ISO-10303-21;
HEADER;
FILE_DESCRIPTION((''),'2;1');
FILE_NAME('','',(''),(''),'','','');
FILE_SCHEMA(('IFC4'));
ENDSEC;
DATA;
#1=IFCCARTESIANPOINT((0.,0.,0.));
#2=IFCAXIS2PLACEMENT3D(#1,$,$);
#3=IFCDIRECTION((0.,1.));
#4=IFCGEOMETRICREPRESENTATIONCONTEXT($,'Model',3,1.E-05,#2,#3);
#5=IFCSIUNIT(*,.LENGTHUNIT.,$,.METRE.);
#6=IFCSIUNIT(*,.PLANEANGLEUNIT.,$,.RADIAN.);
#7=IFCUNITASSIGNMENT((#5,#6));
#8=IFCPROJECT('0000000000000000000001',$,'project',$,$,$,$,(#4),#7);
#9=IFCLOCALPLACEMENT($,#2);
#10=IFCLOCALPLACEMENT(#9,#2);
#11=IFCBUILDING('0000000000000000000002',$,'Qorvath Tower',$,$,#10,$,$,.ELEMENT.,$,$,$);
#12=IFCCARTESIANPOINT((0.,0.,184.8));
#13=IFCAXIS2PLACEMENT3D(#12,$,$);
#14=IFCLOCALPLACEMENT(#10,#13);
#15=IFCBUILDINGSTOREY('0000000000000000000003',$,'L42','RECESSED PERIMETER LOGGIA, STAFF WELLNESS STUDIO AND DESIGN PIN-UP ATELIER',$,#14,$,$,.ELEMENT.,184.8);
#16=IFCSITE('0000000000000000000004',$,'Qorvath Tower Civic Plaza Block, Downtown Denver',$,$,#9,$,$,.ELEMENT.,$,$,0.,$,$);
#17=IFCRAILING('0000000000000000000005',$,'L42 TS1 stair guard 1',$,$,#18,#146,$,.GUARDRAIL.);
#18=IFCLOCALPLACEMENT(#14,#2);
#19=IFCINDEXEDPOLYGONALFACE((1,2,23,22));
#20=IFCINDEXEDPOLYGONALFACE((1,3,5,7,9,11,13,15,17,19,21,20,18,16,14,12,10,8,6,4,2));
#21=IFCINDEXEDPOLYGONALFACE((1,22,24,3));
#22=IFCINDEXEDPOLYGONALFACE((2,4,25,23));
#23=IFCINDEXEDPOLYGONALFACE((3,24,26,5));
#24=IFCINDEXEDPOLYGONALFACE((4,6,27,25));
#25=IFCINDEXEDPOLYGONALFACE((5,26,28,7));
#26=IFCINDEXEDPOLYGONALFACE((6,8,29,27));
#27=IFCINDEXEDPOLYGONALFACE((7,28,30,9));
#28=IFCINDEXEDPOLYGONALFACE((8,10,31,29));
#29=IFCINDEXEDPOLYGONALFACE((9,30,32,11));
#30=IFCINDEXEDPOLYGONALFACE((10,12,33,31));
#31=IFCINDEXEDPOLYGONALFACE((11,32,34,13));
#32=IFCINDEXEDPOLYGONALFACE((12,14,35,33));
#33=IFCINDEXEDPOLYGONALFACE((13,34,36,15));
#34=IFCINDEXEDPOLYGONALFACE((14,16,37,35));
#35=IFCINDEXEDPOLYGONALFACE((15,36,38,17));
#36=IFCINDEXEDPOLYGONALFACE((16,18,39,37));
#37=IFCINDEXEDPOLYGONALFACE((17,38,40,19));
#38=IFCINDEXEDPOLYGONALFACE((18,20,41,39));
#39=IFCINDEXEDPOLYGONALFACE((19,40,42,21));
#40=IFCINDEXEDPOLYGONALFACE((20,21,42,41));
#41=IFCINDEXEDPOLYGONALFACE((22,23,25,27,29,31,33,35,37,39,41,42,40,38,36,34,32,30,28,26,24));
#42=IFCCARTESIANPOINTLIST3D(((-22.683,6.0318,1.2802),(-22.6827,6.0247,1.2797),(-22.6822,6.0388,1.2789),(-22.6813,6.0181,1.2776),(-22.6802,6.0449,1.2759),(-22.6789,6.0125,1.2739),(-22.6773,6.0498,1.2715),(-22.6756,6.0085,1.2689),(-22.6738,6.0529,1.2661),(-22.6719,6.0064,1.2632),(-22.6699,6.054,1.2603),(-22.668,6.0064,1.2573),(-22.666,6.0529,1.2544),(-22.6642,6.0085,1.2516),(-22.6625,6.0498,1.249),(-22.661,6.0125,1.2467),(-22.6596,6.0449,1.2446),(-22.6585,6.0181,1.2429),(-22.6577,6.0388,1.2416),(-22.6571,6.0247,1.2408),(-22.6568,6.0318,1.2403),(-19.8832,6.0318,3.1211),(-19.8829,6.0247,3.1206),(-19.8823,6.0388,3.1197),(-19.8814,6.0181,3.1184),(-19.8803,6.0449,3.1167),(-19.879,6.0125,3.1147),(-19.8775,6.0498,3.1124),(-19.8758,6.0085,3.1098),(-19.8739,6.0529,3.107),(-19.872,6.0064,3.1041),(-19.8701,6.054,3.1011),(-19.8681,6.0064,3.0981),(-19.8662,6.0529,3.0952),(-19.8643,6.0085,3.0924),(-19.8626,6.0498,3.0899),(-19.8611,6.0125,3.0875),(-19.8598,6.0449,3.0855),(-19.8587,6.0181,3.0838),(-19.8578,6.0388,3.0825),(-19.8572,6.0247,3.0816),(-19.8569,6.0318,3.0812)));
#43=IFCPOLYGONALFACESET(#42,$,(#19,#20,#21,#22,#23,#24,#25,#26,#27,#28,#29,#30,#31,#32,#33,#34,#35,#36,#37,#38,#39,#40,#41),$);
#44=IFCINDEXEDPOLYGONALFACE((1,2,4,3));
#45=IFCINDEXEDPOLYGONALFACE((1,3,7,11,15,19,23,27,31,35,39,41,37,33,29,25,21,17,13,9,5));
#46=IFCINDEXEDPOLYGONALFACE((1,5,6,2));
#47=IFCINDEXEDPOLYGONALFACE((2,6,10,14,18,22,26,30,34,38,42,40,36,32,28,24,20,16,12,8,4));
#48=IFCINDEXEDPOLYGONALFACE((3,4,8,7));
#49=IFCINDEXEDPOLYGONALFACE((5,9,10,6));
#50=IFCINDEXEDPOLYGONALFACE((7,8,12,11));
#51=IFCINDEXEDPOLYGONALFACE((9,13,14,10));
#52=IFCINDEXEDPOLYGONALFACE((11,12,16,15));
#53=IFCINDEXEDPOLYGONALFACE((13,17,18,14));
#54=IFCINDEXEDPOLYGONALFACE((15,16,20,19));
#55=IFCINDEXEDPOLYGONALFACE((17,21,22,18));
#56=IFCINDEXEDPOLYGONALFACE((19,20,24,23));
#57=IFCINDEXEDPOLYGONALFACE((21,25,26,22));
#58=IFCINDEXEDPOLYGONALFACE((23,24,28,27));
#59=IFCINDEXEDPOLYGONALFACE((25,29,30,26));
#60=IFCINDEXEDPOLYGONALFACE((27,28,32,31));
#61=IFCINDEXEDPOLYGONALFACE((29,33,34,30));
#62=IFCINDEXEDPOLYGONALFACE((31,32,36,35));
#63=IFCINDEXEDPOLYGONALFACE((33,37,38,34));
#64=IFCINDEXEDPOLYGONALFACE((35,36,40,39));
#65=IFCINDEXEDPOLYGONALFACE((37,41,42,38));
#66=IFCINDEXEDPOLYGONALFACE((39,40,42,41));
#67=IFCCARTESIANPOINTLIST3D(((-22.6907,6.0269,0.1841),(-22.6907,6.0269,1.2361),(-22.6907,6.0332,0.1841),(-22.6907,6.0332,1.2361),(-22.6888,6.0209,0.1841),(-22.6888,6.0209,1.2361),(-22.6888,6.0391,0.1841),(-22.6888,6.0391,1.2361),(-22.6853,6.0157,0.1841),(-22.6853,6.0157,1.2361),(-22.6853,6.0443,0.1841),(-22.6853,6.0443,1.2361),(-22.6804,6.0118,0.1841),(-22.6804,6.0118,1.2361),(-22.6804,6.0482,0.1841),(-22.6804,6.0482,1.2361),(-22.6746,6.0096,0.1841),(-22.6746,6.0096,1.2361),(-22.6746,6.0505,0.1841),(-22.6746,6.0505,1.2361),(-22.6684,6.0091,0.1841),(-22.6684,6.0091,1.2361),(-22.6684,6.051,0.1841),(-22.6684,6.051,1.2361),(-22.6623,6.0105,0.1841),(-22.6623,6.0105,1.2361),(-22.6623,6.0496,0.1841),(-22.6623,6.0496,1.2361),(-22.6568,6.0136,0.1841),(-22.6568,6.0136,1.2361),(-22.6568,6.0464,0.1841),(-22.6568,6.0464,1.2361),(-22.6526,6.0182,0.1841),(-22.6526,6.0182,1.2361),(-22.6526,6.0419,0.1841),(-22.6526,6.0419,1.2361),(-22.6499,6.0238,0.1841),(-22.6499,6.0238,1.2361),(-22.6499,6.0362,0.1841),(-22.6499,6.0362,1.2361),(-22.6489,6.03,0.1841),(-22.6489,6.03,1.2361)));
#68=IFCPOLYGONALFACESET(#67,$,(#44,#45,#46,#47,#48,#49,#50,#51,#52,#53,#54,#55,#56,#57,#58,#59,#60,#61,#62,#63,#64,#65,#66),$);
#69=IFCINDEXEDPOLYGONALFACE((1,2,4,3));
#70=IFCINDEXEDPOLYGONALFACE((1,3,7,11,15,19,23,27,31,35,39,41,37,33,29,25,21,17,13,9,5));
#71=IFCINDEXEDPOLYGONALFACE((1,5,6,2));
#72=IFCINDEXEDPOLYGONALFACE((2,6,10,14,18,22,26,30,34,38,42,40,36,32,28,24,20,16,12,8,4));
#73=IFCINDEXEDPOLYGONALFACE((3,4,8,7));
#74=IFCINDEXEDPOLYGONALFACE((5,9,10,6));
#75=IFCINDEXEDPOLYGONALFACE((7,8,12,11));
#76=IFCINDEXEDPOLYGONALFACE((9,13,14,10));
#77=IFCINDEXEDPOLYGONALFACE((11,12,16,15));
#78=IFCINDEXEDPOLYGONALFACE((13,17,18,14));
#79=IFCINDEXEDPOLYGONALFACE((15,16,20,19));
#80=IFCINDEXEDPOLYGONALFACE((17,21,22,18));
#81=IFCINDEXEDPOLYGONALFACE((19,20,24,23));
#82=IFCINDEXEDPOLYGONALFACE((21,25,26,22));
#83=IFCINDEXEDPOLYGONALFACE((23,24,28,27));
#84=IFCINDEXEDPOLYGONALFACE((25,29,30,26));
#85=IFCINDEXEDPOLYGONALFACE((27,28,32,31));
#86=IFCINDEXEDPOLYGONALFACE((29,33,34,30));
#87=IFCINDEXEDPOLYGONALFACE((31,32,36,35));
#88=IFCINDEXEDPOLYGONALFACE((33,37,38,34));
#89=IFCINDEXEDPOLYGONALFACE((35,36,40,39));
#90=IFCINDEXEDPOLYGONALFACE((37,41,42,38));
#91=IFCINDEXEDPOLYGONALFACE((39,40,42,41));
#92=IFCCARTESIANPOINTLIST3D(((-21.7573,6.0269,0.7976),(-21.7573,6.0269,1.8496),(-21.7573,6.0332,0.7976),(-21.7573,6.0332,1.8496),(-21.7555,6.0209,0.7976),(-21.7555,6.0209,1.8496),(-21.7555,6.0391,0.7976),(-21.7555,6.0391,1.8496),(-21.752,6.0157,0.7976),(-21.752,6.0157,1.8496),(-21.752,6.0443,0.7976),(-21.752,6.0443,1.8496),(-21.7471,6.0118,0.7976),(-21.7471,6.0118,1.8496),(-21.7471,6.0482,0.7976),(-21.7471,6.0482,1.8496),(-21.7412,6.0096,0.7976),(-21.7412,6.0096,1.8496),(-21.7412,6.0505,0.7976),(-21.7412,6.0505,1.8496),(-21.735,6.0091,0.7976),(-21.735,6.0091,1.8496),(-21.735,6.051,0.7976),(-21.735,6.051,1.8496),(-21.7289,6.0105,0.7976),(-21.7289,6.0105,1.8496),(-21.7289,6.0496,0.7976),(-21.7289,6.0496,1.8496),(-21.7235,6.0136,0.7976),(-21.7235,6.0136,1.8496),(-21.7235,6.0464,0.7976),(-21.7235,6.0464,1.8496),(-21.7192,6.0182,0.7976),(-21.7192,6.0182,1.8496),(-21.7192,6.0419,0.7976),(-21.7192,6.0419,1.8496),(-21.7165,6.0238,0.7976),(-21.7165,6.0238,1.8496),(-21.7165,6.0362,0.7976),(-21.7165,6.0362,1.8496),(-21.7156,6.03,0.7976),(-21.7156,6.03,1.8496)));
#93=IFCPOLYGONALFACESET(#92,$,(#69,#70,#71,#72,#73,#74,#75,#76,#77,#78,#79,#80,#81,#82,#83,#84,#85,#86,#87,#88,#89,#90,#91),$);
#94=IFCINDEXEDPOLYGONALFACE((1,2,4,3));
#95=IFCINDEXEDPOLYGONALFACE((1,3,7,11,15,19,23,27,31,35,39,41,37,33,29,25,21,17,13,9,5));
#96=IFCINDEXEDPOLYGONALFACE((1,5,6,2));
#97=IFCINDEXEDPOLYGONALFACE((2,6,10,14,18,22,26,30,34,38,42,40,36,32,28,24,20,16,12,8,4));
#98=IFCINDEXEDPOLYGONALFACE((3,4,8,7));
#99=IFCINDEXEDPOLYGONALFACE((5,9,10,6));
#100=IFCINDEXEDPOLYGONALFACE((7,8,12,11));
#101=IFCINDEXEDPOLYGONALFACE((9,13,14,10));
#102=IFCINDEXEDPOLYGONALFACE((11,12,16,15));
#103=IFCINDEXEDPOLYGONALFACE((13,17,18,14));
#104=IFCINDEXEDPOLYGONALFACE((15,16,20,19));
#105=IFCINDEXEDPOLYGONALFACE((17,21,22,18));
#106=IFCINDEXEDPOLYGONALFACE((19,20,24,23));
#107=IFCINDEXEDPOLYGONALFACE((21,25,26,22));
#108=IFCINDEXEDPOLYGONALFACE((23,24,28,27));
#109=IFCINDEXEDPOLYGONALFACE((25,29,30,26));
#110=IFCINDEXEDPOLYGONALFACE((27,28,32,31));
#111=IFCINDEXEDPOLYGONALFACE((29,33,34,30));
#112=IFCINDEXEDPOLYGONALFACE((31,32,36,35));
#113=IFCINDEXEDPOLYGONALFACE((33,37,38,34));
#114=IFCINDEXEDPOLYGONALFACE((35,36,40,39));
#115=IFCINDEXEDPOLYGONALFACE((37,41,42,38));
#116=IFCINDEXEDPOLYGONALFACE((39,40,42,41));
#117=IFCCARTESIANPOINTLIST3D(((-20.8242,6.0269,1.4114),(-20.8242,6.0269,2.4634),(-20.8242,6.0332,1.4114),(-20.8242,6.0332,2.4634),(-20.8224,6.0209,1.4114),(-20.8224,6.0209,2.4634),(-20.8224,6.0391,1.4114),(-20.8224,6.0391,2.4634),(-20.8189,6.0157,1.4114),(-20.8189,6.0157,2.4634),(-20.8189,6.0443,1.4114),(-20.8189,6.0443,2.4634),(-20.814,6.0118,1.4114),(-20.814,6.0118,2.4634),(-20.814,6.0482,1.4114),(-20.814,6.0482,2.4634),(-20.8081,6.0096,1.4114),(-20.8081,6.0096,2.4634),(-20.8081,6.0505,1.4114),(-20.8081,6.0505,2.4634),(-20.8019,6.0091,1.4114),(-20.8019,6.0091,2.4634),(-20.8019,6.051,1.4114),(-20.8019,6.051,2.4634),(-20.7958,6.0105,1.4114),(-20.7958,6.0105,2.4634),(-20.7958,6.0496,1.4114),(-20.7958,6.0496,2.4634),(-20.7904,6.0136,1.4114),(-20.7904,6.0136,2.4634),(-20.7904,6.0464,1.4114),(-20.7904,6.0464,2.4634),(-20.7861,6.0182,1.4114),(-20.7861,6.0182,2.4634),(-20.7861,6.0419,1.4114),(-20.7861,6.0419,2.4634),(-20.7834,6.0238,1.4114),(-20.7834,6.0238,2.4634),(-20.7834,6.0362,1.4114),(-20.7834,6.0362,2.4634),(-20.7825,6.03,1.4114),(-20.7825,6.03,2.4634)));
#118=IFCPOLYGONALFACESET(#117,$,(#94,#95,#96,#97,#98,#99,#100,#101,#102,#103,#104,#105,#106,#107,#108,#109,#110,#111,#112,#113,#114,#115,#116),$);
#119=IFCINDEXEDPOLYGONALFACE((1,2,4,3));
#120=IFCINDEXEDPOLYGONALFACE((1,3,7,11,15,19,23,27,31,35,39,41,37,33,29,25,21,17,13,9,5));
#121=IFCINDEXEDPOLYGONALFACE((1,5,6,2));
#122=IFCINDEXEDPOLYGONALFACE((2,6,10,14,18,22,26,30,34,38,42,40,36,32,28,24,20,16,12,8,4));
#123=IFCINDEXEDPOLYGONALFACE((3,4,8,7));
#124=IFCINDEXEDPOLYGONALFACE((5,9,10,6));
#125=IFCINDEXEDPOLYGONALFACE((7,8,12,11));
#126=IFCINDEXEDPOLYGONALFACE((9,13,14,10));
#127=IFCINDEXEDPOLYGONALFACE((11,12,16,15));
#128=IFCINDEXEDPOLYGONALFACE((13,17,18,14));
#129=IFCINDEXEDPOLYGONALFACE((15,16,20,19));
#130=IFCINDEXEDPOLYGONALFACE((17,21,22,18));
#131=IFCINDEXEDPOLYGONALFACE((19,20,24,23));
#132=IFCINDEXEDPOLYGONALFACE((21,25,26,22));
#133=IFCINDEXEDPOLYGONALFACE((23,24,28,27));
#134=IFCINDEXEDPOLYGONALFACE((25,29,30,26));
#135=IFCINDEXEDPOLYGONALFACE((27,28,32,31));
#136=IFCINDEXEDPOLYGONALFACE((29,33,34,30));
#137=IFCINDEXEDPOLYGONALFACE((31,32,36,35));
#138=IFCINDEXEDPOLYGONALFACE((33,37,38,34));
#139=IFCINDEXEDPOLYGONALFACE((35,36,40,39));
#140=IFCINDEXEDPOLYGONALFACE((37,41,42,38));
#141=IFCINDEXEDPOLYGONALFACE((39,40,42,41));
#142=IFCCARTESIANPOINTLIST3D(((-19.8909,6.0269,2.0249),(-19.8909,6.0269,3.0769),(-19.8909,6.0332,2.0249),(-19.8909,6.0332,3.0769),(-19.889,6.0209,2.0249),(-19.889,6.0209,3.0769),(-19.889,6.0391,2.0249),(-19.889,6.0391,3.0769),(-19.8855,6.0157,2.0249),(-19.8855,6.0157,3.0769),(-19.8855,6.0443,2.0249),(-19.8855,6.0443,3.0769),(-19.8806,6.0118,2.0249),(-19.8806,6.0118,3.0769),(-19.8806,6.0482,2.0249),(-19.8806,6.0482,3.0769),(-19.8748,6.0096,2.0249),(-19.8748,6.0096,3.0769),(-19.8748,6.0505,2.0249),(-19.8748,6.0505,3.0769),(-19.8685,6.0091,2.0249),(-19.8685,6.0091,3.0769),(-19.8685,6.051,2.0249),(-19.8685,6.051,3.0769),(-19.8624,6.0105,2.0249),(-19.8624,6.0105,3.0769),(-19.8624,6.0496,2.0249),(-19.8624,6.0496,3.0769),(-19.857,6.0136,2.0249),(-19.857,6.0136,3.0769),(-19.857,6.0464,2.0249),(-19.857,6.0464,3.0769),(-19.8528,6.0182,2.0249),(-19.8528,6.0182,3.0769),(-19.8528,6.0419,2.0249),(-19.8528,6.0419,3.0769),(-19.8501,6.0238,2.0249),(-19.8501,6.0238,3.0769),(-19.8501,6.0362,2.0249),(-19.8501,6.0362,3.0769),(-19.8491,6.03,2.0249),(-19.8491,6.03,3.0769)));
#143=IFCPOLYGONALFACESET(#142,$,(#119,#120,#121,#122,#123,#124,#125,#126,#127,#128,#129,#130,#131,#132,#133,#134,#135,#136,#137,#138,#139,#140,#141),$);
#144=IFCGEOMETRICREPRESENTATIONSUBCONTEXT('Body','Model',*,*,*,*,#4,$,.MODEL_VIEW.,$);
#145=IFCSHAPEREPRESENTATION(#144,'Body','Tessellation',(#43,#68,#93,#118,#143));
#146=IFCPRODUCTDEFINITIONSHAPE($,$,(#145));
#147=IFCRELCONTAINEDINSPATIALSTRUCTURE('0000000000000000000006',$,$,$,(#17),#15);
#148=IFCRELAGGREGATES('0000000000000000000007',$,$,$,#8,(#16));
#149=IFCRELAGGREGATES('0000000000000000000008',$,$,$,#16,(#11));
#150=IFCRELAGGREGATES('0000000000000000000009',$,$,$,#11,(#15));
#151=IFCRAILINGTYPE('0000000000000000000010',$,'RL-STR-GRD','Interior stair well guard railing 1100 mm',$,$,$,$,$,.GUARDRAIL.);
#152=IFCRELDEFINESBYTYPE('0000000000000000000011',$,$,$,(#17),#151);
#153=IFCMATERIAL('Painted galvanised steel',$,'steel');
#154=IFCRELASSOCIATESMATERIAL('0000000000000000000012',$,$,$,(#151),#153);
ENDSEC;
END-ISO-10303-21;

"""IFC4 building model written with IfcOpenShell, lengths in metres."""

from ifc_helpers import new_model, si_unit, direction, frame, origin, origin_2d, place, context, subcontext, project, spatial, circle, extrude, material, type_object, element, save


model = new_model("IFC4")

# Units and contexts
model_context = context("Model", 3, precision=1e-05, world=origin(), true_north=direction((0.0, 1.0)))
body_context = subcontext(model_context, "Body", "Model", "MODEL_VIEW")
ifc_project = project(units=[si_unit("LENGTHUNIT", "METRE"), si_unit("PLANEANGLEUNIT", "RADIAN")], contexts=[model_context])

# Site, building, storey
site_placement = place(None, origin())
site = spatial("IfcSite", under=ifc_project, at=site_placement, Name="Qorvath Tower Civic Plaza Block, Downtown Denver", CompositionType="ELEMENT", RefElevation=0.0)
building_placement = place(site_placement, origin())
building = spatial("IfcBuilding", under=site, at=building_placement, Name="Qorvath Tower", CompositionType="ELEMENT")
storey_placement = place(building_placement, frame((0.0, 0.0, 184.8)))
storey = spatial("IfcBuildingStorey", under=building, at=storey_placement, Name="L42", Description="RECESSED PERIMETER LOGGIA, STAFF WELLNESS STUDIO AND DESIGN PIN-UP ATELIER", CompositionType="ELEMENT", Elevation=184.8)

# Railing
ifc_material_1 = material(Name="Painted galvanised steel", Category="steel")
railing_type_1 = type_object("IfcRailingType", Name="RL-STR-GRD", Description="Interior stair well guard railing 1100 mm", PredefinedType="GUARDRAIL", material=ifc_material_1)
railing_1_placement = place(storey_placement, frame((-22.6699, 6.03, 0.1841)))
element("IfcRailing", 1, at=railing_1_placement, inside=storey, type_object=railing_type_1, Name="L42 TS1 stair guard 1", PredefinedType="GUARDRAIL", context=body_context, shape_type="SweptSolid", body=[
    extrude(circle(Radius=0.0239, at=origin_2d()), frame((0.0, 0.0, 1.0762), z_axis=(0.835576, 0.0, 0.549376), x_axis=(0.0, 1.0, 0.0)), (0.0, 0.0, 1.0), 3.3508),
    extrude(circle(Radius=0.021, at=origin_2d()), origin(), (0.0, 0.0, 1.0), 1.052),
    extrude(circle(Radius=0.021, at=origin_2d()), frame((0.9333, 0.0, 0.6135)), (0.0, 0.0, 1.0), 1.052),
    extrude(circle(Radius=0.021, at=origin_2d()), frame((1.8665, 0.0, 1.2273)), (0.0, 0.0, 1.0), 1.052),
    extrude(circle(Radius=0.021, at=origin_2d()), frame((2.7998, 0.0, 1.8408)), (0.0, 0.0, 1.0), 1.052),
])

save(model, "model.ifc")
